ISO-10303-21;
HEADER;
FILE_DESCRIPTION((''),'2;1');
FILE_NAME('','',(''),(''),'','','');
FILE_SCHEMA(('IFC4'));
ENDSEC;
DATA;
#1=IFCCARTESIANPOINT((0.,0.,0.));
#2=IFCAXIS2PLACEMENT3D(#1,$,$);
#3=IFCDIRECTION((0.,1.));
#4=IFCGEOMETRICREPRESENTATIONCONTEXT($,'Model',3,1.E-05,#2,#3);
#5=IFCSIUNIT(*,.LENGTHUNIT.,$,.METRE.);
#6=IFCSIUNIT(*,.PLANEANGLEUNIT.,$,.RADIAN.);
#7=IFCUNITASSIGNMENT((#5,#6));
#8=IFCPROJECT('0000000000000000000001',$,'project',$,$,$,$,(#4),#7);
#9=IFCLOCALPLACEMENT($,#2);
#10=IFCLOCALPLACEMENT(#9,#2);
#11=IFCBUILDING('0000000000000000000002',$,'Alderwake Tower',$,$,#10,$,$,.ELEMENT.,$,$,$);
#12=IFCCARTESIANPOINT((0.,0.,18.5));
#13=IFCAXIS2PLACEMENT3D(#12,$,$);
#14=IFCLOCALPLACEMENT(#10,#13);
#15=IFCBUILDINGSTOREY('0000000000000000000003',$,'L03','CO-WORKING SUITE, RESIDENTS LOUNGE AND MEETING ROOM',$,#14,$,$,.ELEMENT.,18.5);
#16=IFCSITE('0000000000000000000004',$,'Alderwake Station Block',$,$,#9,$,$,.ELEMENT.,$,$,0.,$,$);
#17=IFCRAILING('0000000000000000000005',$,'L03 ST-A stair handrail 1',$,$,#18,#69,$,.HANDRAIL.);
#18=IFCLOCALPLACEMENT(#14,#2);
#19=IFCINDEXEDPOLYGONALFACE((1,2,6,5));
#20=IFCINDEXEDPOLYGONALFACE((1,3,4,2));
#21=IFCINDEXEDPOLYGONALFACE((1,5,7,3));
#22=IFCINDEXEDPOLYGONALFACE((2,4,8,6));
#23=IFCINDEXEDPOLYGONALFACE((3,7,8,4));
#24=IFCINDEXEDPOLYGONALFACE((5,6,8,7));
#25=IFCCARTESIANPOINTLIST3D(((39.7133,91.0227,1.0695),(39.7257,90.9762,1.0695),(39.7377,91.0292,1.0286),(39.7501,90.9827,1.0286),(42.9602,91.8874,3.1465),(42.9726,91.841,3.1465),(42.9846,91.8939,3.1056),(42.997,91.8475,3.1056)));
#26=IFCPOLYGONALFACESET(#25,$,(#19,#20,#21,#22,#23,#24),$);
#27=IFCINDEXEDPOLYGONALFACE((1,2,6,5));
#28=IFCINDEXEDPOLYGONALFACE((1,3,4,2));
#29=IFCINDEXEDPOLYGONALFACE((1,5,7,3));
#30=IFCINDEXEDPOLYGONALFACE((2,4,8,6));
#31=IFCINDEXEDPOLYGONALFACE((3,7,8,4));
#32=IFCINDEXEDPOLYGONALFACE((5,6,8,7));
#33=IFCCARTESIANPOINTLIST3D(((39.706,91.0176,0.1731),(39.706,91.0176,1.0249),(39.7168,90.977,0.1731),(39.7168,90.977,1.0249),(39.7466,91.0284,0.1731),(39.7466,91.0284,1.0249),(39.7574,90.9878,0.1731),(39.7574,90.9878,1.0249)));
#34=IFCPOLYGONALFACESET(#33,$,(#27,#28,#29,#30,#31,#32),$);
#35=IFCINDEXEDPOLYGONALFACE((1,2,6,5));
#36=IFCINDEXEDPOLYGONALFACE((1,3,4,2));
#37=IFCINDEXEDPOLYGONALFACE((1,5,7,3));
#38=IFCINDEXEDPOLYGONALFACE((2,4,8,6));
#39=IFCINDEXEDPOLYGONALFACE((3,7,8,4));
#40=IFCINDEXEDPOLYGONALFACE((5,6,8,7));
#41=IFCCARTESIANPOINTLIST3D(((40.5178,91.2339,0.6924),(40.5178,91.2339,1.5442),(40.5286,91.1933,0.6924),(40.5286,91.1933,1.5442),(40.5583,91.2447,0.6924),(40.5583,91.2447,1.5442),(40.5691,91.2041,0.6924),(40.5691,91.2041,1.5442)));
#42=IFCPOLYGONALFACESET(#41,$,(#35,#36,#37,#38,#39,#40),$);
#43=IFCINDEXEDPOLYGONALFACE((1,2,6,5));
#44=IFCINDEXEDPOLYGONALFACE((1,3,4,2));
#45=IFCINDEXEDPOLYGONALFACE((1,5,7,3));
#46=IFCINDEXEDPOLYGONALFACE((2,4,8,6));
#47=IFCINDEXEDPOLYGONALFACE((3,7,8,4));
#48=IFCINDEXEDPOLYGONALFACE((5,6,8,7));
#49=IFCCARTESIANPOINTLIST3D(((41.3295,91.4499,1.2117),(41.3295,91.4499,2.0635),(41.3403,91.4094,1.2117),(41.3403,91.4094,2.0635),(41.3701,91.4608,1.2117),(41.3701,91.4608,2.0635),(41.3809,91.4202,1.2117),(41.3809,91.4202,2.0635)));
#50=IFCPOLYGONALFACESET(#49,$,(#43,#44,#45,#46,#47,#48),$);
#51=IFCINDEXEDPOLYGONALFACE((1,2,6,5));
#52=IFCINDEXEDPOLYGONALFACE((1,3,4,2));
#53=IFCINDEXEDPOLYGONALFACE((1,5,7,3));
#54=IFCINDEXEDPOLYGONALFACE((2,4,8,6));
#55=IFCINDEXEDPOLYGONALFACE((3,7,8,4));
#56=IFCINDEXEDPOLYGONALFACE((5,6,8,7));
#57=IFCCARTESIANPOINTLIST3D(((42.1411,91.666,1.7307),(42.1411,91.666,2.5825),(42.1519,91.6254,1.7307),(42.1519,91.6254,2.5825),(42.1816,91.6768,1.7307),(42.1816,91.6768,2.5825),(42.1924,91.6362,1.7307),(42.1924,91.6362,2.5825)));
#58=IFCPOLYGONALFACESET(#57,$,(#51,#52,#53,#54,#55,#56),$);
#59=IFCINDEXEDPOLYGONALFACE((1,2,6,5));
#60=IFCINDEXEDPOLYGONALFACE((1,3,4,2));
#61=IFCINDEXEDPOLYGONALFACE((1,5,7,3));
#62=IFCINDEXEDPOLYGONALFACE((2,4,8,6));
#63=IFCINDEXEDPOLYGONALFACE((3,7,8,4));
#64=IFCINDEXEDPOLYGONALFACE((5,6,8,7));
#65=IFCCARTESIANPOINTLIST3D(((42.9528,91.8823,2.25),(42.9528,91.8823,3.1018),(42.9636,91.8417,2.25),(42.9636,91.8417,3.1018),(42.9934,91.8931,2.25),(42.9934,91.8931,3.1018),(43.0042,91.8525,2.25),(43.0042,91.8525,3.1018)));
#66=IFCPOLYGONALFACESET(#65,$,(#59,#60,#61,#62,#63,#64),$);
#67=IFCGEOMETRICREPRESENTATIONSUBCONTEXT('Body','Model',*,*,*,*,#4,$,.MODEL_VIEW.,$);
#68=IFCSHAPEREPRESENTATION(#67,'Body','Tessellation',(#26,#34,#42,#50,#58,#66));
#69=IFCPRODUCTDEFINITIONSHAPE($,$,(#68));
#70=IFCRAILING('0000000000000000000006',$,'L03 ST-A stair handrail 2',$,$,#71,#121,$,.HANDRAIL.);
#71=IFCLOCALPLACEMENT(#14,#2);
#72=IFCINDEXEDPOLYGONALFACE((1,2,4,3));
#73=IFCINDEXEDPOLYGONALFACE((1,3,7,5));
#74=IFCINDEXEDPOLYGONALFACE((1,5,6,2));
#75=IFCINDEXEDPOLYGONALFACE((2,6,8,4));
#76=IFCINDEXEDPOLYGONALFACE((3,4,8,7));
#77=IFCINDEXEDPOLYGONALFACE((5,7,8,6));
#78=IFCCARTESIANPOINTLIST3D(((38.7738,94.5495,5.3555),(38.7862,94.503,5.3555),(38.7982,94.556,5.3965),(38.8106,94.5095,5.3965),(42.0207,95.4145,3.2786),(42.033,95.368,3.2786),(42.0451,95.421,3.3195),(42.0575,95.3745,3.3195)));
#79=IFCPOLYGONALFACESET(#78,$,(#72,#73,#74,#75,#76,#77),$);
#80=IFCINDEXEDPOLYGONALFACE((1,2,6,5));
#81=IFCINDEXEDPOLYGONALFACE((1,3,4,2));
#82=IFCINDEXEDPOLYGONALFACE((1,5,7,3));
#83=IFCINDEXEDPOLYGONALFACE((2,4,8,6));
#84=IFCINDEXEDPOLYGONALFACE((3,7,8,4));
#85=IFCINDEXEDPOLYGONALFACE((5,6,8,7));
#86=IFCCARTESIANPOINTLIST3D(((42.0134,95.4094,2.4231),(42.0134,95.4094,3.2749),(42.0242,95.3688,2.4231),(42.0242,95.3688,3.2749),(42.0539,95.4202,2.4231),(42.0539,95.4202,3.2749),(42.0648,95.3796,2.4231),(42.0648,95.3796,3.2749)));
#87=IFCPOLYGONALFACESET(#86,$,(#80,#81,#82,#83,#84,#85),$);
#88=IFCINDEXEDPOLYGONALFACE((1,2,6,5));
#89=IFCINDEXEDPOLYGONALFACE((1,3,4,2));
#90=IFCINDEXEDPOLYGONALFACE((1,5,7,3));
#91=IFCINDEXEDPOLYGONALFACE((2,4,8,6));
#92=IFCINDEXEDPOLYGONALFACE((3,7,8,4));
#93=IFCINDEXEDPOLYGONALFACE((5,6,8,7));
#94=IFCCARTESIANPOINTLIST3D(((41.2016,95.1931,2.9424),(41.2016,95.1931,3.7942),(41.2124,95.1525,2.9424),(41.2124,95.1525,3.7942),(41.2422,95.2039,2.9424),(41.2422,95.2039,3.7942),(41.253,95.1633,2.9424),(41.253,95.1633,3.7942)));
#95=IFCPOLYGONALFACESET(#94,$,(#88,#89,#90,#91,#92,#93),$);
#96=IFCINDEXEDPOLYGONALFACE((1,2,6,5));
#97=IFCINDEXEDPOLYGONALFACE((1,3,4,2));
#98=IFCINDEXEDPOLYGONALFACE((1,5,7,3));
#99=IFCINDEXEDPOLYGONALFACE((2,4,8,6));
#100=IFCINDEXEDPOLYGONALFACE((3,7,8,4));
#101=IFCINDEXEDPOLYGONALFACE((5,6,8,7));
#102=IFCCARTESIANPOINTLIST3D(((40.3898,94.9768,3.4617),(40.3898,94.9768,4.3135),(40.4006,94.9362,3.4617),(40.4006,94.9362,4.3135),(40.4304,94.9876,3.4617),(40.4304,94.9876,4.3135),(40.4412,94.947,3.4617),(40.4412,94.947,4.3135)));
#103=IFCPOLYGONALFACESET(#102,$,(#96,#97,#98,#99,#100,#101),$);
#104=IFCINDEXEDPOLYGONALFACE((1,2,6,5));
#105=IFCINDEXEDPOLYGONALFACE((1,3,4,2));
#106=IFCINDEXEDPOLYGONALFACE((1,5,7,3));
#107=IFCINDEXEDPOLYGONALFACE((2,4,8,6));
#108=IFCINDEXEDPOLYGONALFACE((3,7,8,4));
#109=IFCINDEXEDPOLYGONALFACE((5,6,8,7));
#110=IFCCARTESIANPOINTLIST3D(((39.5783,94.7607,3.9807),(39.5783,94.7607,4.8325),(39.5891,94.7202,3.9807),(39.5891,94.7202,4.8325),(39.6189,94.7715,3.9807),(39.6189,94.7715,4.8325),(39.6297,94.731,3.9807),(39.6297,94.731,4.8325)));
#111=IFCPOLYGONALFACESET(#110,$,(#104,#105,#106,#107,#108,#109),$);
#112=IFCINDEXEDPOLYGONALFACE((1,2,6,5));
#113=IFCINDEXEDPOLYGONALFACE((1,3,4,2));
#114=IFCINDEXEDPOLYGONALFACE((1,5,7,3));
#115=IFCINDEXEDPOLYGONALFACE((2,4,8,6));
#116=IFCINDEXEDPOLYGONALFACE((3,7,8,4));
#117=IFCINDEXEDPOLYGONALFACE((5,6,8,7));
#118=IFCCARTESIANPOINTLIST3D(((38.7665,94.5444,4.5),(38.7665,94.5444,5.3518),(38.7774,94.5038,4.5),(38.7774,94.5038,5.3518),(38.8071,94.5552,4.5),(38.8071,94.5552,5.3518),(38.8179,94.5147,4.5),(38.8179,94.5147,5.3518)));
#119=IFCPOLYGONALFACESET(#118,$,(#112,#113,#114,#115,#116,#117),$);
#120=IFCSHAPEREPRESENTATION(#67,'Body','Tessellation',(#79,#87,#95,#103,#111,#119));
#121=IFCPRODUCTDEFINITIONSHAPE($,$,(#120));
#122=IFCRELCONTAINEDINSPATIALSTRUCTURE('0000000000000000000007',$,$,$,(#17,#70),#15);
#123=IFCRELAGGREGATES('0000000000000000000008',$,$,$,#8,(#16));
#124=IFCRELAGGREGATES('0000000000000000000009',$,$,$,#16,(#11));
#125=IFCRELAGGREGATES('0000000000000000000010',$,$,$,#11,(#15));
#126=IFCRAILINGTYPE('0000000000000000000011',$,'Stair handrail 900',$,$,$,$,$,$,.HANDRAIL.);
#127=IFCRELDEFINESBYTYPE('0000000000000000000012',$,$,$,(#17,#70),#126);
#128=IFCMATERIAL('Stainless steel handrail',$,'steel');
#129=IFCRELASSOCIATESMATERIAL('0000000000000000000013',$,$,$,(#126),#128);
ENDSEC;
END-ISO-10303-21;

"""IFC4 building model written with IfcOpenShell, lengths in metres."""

from ifc_helpers import new_model, si_unit, direction, frame, origin, origin_2d, place, context, subcontext, project, spatial, rectangle, extrude, material, type_object, element, save


model = new_model("IFC4")

# Units and contexts
model_context = context("Model", 3, precision=1e-05, world=origin(), true_north=direction((0.0, 1.0)))
body_context = subcontext(model_context, "Body", "Model", "MODEL_VIEW")
ifc_project = project(units=[si_unit("LENGTHUNIT", "METRE"), si_unit("PLANEANGLEUNIT", "RADIAN")], contexts=[model_context])

# Site, building, storey
site_placement = place(None, origin())
site = spatial("IfcSite", under=ifc_project, at=site_placement, Name="Alderwake Station Block", CompositionType="ELEMENT", RefElevation=0.0)
building_placement = place(site_placement, origin())
building = spatial("IfcBuilding", under=site, at=building_placement, Name="Alderwake Tower", CompositionType="ELEMENT")
storey_placement = place(building_placement, frame((0.0, 0.0, 18.5)))
storey = spatial("IfcBuildingStorey", under=building, at=storey_placement, Name="L03", Description="CO-WORKING SUITE, RESIDENTS LOUNGE AND MEETING ROOM", CompositionType="ELEMENT", Elevation=18.5)

# Railings
ifc_material_1 = material(Name="Stainless steel handrail", Category="steel")
railing_type_1 = type_object("IfcRailingType", Name="Stair handrail 900", PredefinedType="HANDRAIL", material=ifc_material_1)
railing_1_placement = place(storey_placement, frame((39.7317, 91.0027, 0.1731)))
element("IfcRailing", 1, at=railing_1_placement, inside=storey, type_object=railing_type_1, Name="L03 ST-A stair handrail 1", PredefinedType="HANDRAIL", context=body_context, shape_type="SweptSolid", body=[
    extrude(rectangle(XDim=0.0481, YDim=0.0481, at=origin_2d()), frame((0.0, 0.0, 0.876), z_axis=(0.821963, 0.218918, 0.525787), x_axis=(-0.257364, 0.966314, 0.0)), (0.0, 0.0, 1.0), 3.9502),
    extrude(rectangle(XDim=0.042, YDim=0.042, at=origin_2d()), frame((0.0, 0.0, 0.0), z_axis=(0.0, 0.0, 1.0), x_axis=(0.966314, 0.257364, 0.0)), (0.0, 0.0, 1.0), 0.8518),
    extrude(rectangle(XDim=0.042, YDim=0.042, at=origin_2d()), frame((0.8118, 0.2163, 0.5193), z_axis=(0.0, 0.0, 1.0), x_axis=(0.966314, 0.257364, 0.0)), (0.0, 0.0, 1.0), 0.8518),
    extrude(rectangle(XDim=0.042, YDim=0.042, at=origin_2d()), frame((1.6235, 0.4324, 1.0386), z_axis=(0.0, 0.0, 1.0), x_axis=(0.966314, 0.257364, 0.0)), (0.0, 0.0, 1.0), 0.8518),
    extrude(rectangle(XDim=0.042, YDim=0.042, at=origin_2d()), frame((2.4351, 0.6484, 1.5576), z_axis=(0.0, 0.0, 1.0), x_axis=(0.966314, 0.257364, 0.0)), (0.0, 0.0, 1.0), 0.8518),
    extrude(rectangle(XDim=0.042, YDim=0.042, at=origin_2d()), frame((3.2468, 0.8647, 2.0769), z_axis=(0.0, 0.0, 1.0), x_axis=(0.966314, 0.257364, 0.0)), (0.0, 0.0, 1.0), 0.8518),
])
railing_2_placement = place(storey_placement, frame((42.0391, 95.3945, 2.4231)))
element("IfcRailing", 2, at=railing_2_placement, inside=storey, type_object=railing_type_1, Name="L03 ST-A stair handrail 2", PredefinedType="HANDRAIL", context=body_context, shape_type="SweptSolid", body=[
    extrude(rectangle(XDim=0.0481, YDim=0.0481, at=origin_2d()), frame((0.0, 0.0, 0.876), z_axis=(-0.821952, -0.218977, 0.52578), x_axis=(0.257432, -0.966296, 0.0)), (0.0, 0.0, 1.0), 3.9502),
    extrude(rectangle(XDim=0.042, YDim=0.042, at=origin_2d()), frame((0.0, 0.0, 0.0), z_axis=(0.0, 0.0, 1.0), x_axis=(-0.966296, -0.257432, 0.0)), (0.0, 0.0, 1.0), 0.8518),
    extrude(rectangle(XDim=0.042, YDim=0.042, at=origin_2d()), frame((-0.8118, -0.2163, 0.5193), z_axis=(0.0, 0.0, 1.0), x_axis=(-0.966296, -0.257432, 0.0)), (0.0, 0.0, 1.0), 0.8518),
    extrude(rectangle(XDim=0.042, YDim=0.042, at=origin_2d()), frame((-1.6235, -0.4326, 1.0386), z_axis=(0.0, 0.0, 1.0), x_axis=(-0.966296, -0.257432, 0.0)), (0.0, 0.0, 1.0), 0.8518),
    extrude(rectangle(XDim=0.042, YDim=0.042, at=origin_2d()), frame((-2.4351, -0.6487, 1.5576), z_axis=(0.0, 0.0, 1.0), x_axis=(-0.966296, -0.257432, 0.0)), (0.0, 0.0, 1.0), 0.8518),
    extrude(rectangle(XDim=0.042, YDim=0.042, at=origin_2d()), frame((-3.2468, -0.865, 2.0769), z_axis=(0.0, 0.0, 1.0), x_axis=(-0.966296, -0.257432, 0.0)), (0.0, 0.0, 1.0), 0.8518),
])

save(model, "model.ifc")
